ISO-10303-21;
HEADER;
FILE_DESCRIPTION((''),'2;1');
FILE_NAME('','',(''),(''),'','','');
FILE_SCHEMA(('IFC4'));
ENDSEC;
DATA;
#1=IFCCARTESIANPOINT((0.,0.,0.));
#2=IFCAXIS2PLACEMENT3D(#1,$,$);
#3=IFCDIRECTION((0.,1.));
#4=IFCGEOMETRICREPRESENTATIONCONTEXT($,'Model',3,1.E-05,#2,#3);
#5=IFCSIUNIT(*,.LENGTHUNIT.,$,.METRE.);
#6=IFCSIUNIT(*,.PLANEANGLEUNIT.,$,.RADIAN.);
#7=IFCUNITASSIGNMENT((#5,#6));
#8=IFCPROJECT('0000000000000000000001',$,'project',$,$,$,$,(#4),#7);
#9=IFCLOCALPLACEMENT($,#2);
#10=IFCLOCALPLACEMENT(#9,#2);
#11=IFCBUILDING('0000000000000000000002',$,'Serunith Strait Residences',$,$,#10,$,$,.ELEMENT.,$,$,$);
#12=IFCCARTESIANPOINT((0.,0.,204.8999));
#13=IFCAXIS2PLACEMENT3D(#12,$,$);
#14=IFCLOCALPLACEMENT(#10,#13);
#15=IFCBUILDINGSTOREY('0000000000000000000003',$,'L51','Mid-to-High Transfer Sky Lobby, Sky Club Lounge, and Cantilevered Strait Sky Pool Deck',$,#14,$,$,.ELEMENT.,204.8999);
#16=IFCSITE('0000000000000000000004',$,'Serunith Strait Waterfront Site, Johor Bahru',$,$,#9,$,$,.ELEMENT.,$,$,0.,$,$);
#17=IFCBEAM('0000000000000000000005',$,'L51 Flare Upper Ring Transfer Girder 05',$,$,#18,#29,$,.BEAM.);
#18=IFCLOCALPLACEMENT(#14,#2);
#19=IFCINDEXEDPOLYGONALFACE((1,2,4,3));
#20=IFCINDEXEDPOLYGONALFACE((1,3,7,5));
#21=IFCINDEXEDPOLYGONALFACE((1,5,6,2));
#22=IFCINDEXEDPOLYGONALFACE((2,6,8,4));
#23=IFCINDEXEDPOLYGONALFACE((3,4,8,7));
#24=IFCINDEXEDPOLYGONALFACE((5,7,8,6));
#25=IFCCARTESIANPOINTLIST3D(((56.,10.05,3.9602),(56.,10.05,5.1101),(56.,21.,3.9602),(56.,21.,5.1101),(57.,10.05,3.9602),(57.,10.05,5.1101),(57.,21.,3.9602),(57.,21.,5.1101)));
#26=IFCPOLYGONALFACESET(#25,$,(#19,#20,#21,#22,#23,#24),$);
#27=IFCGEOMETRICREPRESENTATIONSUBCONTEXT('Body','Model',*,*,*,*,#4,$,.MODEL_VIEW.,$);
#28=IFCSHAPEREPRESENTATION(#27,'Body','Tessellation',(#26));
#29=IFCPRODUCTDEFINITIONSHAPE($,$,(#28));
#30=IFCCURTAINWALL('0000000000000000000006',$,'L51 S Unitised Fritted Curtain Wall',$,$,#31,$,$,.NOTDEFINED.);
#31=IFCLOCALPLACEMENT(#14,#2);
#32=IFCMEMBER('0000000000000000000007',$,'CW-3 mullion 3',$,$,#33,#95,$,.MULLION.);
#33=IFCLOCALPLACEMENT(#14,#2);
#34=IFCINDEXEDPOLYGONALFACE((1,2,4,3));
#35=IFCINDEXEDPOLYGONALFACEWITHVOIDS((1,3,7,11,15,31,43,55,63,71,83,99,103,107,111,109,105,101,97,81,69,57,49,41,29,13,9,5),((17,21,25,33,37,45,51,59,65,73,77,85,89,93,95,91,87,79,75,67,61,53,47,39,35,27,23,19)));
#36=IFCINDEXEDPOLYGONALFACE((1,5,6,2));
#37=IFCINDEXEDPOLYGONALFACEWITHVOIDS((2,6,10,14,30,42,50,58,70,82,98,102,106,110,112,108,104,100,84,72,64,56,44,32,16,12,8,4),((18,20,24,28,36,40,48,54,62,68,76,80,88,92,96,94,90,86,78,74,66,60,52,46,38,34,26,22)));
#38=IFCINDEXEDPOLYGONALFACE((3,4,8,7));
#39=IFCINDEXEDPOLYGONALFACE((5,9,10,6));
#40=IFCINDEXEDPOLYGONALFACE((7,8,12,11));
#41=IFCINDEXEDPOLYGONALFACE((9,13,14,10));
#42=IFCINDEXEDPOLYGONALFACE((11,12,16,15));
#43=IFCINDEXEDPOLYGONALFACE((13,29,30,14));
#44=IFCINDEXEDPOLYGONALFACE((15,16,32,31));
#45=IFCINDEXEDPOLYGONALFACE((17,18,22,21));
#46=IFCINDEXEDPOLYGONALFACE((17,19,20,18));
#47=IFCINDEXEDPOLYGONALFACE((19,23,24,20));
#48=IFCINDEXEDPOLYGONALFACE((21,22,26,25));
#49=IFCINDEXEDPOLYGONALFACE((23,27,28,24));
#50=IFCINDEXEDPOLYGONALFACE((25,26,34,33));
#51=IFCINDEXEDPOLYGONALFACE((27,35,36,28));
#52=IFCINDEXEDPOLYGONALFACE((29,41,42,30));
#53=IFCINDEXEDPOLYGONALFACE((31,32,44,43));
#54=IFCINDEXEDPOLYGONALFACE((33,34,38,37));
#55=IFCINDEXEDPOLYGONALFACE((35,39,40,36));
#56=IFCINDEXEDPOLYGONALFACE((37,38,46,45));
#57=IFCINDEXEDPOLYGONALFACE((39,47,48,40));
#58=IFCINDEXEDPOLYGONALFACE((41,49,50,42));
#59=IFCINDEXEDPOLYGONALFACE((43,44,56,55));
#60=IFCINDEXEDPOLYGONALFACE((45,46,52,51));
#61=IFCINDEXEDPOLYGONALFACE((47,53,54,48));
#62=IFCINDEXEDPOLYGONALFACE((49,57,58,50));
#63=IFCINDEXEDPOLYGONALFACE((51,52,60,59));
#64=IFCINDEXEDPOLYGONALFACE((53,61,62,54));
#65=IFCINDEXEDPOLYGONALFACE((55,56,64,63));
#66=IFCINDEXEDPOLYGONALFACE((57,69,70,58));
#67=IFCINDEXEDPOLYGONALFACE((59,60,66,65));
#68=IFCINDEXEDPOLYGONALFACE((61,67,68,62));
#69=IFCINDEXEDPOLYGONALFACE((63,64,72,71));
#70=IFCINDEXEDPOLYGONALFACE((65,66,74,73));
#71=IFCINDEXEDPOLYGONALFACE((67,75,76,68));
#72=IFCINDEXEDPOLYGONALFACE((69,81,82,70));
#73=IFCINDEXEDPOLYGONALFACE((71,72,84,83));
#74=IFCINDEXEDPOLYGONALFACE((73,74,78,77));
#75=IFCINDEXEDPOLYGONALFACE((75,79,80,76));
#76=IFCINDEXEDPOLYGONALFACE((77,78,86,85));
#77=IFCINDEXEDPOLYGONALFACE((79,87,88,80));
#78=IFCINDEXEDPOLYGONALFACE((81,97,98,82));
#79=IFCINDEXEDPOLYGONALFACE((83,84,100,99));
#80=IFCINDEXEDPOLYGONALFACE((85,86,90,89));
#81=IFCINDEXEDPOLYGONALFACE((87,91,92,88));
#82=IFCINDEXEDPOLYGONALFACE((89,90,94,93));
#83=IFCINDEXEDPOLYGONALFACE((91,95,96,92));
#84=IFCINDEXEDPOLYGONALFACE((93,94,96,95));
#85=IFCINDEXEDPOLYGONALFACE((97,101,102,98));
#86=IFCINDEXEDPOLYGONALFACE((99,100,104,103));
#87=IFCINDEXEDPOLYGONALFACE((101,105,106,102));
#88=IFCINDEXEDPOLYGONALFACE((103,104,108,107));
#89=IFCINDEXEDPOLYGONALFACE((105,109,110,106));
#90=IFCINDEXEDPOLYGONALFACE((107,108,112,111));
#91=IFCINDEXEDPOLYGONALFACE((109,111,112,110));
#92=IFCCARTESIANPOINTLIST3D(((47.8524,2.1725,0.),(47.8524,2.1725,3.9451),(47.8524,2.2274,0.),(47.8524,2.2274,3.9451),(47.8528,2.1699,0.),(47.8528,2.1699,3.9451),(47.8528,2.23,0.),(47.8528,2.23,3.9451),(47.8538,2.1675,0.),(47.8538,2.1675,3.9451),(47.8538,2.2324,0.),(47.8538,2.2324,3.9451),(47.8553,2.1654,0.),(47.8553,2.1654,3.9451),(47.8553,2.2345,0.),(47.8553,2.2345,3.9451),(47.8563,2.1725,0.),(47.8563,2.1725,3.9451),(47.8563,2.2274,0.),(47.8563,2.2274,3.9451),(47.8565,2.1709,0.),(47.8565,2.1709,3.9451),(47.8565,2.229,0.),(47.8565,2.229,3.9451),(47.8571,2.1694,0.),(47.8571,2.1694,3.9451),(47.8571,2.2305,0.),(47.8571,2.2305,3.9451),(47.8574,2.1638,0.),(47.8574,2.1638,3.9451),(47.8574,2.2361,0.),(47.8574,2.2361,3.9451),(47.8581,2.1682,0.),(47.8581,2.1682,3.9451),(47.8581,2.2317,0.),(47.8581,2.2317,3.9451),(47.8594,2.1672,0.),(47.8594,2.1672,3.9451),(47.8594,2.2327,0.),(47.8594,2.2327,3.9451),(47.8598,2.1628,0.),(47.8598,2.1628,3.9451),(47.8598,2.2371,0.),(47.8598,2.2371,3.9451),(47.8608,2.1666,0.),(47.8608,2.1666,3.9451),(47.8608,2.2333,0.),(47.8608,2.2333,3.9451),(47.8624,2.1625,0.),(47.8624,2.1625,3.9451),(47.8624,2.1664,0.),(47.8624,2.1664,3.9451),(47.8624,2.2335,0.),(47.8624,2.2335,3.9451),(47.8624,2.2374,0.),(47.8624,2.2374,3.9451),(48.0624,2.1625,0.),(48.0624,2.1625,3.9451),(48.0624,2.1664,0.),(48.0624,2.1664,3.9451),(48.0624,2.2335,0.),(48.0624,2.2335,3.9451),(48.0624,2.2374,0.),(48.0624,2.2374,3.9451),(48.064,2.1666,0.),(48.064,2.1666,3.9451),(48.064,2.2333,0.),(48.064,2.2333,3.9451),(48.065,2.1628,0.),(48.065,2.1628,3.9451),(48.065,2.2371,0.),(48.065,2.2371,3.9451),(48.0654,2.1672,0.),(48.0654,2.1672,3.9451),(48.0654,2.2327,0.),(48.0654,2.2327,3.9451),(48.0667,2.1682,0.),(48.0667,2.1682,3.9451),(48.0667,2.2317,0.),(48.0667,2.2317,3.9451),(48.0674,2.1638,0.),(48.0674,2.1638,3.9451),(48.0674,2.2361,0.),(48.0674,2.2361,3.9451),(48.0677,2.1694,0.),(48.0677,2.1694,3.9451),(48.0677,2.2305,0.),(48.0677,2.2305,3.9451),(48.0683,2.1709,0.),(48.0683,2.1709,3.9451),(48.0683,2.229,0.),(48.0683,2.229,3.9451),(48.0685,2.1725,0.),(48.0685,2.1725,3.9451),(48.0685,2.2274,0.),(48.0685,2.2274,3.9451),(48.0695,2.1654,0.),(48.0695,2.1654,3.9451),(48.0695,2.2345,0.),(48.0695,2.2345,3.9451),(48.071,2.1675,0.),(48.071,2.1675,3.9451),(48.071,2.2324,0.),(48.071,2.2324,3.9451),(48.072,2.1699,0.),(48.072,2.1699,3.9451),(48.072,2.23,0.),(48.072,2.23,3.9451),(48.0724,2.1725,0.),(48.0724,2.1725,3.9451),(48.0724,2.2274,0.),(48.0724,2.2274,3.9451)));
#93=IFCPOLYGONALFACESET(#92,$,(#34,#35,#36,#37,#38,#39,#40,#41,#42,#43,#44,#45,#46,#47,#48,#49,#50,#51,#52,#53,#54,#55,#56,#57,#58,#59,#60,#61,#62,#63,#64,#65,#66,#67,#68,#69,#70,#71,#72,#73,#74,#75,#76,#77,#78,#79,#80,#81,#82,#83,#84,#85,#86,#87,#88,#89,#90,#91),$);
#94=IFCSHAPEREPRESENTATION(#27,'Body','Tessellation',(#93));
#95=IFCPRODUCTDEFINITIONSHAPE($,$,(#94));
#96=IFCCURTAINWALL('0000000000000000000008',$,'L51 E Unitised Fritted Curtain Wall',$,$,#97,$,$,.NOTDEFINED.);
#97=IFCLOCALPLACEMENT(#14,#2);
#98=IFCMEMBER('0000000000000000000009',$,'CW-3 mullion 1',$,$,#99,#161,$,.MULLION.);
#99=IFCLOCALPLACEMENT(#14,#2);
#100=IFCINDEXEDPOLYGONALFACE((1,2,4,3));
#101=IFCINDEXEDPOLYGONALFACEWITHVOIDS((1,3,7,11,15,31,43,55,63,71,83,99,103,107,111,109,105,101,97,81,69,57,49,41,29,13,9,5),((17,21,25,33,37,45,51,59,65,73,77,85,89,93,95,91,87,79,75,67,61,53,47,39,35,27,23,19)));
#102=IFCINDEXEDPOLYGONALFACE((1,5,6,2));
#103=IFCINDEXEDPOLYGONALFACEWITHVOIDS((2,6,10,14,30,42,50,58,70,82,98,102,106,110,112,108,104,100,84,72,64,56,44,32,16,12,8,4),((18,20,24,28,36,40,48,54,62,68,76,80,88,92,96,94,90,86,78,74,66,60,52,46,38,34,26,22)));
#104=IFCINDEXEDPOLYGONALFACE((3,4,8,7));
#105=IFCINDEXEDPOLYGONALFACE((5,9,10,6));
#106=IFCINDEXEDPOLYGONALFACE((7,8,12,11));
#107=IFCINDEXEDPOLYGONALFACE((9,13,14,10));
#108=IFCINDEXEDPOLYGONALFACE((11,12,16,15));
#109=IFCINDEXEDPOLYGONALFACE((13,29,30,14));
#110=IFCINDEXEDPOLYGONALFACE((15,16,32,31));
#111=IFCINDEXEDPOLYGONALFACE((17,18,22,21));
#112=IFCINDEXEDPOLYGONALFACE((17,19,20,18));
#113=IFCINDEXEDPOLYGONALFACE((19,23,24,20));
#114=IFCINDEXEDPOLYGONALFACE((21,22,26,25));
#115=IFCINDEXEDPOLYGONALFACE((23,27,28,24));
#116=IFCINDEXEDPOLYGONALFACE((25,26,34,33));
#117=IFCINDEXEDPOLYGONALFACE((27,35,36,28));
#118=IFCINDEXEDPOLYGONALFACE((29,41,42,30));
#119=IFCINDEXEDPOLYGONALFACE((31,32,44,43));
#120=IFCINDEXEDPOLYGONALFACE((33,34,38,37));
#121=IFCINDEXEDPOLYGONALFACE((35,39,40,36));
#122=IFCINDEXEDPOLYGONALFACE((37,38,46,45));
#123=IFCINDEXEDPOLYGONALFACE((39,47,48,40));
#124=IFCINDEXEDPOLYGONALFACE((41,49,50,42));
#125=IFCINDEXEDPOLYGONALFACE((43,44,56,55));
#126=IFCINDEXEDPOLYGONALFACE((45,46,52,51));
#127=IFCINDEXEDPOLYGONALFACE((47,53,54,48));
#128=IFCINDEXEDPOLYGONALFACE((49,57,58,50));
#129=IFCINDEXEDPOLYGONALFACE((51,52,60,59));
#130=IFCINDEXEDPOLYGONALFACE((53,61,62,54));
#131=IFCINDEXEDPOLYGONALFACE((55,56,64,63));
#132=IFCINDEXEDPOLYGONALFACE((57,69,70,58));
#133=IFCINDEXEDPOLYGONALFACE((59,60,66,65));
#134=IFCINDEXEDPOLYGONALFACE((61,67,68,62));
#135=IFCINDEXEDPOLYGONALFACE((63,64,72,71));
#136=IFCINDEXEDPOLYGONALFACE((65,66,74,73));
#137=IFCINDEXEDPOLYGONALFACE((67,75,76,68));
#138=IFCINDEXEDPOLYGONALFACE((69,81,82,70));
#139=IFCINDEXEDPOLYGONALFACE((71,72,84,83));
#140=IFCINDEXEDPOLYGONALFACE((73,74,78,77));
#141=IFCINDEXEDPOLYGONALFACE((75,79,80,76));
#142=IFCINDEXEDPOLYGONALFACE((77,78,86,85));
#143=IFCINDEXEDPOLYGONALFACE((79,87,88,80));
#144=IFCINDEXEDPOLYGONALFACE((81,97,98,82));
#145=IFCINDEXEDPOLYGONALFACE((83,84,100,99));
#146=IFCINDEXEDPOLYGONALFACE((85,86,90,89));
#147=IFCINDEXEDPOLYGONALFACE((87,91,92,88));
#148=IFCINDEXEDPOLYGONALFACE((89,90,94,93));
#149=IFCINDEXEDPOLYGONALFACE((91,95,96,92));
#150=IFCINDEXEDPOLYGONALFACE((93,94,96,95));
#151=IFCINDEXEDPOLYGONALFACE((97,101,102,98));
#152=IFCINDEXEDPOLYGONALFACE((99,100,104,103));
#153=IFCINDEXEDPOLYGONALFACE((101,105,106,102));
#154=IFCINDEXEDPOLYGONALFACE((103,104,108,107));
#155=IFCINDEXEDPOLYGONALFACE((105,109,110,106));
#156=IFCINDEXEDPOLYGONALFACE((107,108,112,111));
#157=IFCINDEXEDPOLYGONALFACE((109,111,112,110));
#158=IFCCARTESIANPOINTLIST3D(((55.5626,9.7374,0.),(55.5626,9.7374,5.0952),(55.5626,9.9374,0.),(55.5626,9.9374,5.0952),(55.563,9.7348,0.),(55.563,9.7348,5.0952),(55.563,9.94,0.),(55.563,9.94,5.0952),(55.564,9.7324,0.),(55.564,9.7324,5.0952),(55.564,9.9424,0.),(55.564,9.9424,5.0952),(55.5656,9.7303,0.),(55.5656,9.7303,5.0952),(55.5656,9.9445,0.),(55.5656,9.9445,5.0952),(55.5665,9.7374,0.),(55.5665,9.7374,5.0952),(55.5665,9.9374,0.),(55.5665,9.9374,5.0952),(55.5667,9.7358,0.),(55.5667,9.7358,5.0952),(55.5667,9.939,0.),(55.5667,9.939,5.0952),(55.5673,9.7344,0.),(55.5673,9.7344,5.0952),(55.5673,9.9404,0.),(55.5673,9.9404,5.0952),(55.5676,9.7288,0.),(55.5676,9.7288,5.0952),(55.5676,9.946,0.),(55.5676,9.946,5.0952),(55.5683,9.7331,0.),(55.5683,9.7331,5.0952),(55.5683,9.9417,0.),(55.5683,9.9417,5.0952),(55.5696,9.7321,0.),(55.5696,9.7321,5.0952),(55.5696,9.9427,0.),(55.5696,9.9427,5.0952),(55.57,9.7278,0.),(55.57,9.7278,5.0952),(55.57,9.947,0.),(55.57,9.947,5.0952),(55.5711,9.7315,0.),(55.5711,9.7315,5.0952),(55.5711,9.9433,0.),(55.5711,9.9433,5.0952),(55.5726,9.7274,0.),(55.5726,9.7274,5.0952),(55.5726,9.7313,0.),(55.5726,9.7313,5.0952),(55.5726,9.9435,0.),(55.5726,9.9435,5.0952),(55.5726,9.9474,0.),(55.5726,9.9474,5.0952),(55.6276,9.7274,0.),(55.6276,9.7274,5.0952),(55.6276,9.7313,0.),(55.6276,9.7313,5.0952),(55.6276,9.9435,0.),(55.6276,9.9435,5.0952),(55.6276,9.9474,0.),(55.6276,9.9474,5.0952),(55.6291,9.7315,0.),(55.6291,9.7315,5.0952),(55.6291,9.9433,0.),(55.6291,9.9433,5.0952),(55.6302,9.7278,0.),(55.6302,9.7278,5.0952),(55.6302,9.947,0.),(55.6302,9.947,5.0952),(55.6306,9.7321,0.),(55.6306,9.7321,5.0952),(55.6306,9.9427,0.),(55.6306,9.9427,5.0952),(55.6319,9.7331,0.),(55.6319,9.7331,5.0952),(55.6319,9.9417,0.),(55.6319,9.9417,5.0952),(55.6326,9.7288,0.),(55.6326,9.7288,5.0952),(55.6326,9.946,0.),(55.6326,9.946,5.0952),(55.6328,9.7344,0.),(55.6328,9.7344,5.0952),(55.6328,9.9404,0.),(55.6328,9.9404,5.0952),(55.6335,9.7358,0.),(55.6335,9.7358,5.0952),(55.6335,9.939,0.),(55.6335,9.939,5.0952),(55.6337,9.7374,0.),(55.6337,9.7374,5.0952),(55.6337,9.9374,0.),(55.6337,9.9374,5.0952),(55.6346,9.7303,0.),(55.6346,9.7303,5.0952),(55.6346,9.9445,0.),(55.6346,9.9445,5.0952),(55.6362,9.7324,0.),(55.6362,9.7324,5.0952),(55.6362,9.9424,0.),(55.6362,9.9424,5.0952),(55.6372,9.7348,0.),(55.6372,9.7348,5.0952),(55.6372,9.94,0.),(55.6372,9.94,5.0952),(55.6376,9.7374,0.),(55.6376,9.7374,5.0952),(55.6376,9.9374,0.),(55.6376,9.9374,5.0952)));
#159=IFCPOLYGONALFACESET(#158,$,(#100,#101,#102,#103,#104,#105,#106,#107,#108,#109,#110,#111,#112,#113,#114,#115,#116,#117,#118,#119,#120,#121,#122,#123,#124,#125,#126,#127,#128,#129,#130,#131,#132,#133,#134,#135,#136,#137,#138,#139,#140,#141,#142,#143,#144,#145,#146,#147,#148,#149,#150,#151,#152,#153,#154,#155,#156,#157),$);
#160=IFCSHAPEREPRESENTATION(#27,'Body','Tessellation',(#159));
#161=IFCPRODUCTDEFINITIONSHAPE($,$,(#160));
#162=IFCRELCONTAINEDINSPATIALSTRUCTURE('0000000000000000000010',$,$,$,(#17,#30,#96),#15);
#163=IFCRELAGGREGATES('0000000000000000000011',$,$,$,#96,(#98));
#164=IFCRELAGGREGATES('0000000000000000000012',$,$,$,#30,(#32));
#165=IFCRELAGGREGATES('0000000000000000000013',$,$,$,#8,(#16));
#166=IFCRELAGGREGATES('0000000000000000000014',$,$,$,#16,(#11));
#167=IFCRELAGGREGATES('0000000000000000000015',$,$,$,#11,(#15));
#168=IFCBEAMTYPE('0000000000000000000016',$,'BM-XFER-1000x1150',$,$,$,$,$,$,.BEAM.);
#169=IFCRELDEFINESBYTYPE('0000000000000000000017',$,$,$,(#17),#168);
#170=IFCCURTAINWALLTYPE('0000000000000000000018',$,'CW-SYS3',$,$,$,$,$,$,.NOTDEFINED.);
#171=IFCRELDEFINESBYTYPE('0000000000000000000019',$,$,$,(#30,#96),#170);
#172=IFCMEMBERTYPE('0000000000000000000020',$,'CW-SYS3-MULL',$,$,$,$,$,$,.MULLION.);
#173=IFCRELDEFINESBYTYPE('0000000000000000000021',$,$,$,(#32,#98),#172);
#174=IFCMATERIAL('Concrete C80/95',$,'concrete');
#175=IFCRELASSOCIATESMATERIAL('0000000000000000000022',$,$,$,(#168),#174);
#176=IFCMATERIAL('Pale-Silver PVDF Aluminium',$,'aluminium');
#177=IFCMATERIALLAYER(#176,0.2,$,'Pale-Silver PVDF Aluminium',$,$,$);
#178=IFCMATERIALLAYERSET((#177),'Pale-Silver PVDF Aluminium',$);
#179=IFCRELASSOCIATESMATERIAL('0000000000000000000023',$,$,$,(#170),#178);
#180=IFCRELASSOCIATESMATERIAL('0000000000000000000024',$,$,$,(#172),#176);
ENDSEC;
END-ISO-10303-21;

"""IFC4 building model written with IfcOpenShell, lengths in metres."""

from ifc_helpers import new_model, si_unit, direction, frame, origin, origin_2d, place, context, subcontext, project, spatial, rectangle, hollow_rectangle, extrude, source, transform, mapped, material, layer, layer_set, material_profile, profile_set, type_object, element, aggregate, save


model = new_model("IFC4")

# Units and contexts
model_context = context("Model", 3, precision=1e-05, world=origin(), true_north=direction((0.0, 1.0)))
body_context = subcontext(model_context, "Body", "Model", "MODEL_VIEW")
ifc_project = project(units=[si_unit("LENGTHUNIT", "METRE"), si_unit("PLANEANGLEUNIT", "RADIAN")], contexts=[model_context])

# Site, building, storey
site_placement = place(None, origin())
site = spatial("IfcSite", under=ifc_project, at=site_placement, Name="Serunith Strait Waterfront Site, Johor Bahru", CompositionType="ELEMENT", RefElevation=0.0)
building_placement = place(site_placement, origin())
building = spatial("IfcBuilding", under=site, at=building_placement, Name="Serunith Strait Residences", CompositionType="ELEMENT")
storey_placement = place(building_placement, frame((0.0, 0.0, 204.8999)))
storey = spatial("IfcBuildingStorey", under=building, at=storey_placement, Name="L51", Description="Mid-to-High Transfer Sky Lobby, Sky Club Lounge, and Cantilevered Strait Sky Pool Deck", CompositionType="ELEMENT", Elevation=204.8999)

# Shared definitions
ifc_material_1 = material(Name="Concrete C80/95", Category="concrete")

# Beam
ifc_material_profile_1 = material_profile(ifc_material_1, rectangle(XDim=1.0, YDim=1.1499, at=origin_2d()), Name="RC 1000x1150")
ifc_profile_set_1 = profile_set([ifc_material_profile_1], Name="Concrete C80/95")
beam_type_1 = type_object("IfcBeamType", Name="BM-XFER-1000x1150", PredefinedType="BEAM", material=ifc_profile_set_1)
shared_shape_1 = source(origin(), body_context, "Body", "SweptSolid", [
    extrude(rectangle(XDim=1.0, YDim=1.1499, at=origin_2d()), origin(), (0.0, 0.0, 1.0), 10.95),
])
beam_1_placement = place(storey_placement, frame((56.5, 10.05, 4.5352), z_axis=(0.0, 1.0, 0.0), x_axis=(-1.0, 0.0, 0.0)))
element("IfcBeam", 1, at=beam_1_placement, inside=storey, type_object=beam_type_1, Name="L51 Flare Upper Ring Transfer Girder 05", PredefinedType="BEAM", context=body_context, shape_type="MappedRepresentation", body=[
    mapped(shared_shape_1, transform((0.0, 0.0, 0.0), scale=1.0)),
])

# Curtain wall, member
ifc_material_2 = material(Name="Pale-Silver PVDF Aluminium", Category="aluminium")
ifc_layer_1 = layer(ifc_material_2, 0.2, Name="Pale-Silver PVDF Aluminium")
ifc_layer_set_1 = layer_set([ifc_layer_1], Name="Pale-Silver PVDF Aluminium")
curtain_wall_type = type_object("IfcCurtainWallType", Name="CW-SYS3", PredefinedType="NOTDEFINED", material=ifc_layer_set_1)
curtain_wall_1_placement = place(storey_placement, origin())
curtain_wall_1 = element("IfcCurtainWall", 2, at=curtain_wall_1_placement, inside=storey, type_object=curtain_wall_type, Name="L51 S Unitised Fritted Curtain Wall", PredefinedType="NOTDEFINED")
ifc_material_profile_2 = material_profile(ifc_material_2, hollow_rectangle(XDim=0.075, YDim=0.22, WallThickness=0.0039, InnerFilletRadius=0.0061, OuterFilletRadius=0.01, at=origin_2d()), Name="ALU 220x75x4")
ifc_profile_set_2 = profile_set([ifc_material_profile_2], Name="Pale-Silver PVDF Aluminium")
member_type_1 = type_object("IfcMemberType", Name="CW-SYS3-MULL", PredefinedType="MULLION", material=ifc_profile_set_2)
shared_shape_2 = source(origin(), body_context, "Body", "SweptSolid", [
    extrude(hollow_rectangle(XDim=0.075, YDim=0.22, WallThickness=0.0039, InnerFilletRadius=0.0061, OuterFilletRadius=0.01, at=origin_2d()), origin(), (0.0, 0.0, 1.0), 3.9451),
])
member_1_placement = place(storey_placement, frame((47.9624, 2.2, 0.0), z_axis=(0.0, 0.0, 1.0), x_axis=(0.0, 1.0, 0.0)))
member_1 = element("IfcMember", 3, at=member_1_placement, type_object=member_type_1, Name="CW-3 mullion 3", PredefinedType="MULLION", context=body_context, shape_type="MappedRepresentation", body=[
    mapped(shared_shape_2, transform((0.0, 0.0, 0.0), scale=1.0)),
])

# Curtain wall, member
curtain_wall_2_placement = place(storey_placement, origin())
curtain_wall_2 = element("IfcCurtainWall", 4, at=curtain_wall_2_placement, inside=storey, type_object=curtain_wall_type, Name="L51 E Unitised Fritted Curtain Wall", PredefinedType="NOTDEFINED")
shared_shape_3 = source(origin(), body_context, "Body", "SweptSolid", [
    extrude(hollow_rectangle(XDim=0.075, YDim=0.22, WallThickness=0.0039, InnerFilletRadius=0.0061, OuterFilletRadius=0.01, at=origin_2d()), origin(), (0.0, 0.0, 1.0), 5.0952),
])
member_2_placement = place(storey_placement, frame((55.6001, 9.8374, 0.0), z_axis=(0.0, 0.0, 1.0), x_axis=(-1.0, 0.0, 0.0)))
member_2 = element("IfcMember", 5, at=member_2_placement, type_object=member_type_1, Name="CW-3 mullion 1", PredefinedType="MULLION", context=body_context, shape_type="MappedRepresentation", body=[
    mapped(shared_shape_3, transform((0.0, 0.0, 0.0), scale=1.0)),
])
aggregate(curtain_wall_2, [member_2])

aggregate(curtain_wall_1, [member_1])

save(model, "model.ifc")
